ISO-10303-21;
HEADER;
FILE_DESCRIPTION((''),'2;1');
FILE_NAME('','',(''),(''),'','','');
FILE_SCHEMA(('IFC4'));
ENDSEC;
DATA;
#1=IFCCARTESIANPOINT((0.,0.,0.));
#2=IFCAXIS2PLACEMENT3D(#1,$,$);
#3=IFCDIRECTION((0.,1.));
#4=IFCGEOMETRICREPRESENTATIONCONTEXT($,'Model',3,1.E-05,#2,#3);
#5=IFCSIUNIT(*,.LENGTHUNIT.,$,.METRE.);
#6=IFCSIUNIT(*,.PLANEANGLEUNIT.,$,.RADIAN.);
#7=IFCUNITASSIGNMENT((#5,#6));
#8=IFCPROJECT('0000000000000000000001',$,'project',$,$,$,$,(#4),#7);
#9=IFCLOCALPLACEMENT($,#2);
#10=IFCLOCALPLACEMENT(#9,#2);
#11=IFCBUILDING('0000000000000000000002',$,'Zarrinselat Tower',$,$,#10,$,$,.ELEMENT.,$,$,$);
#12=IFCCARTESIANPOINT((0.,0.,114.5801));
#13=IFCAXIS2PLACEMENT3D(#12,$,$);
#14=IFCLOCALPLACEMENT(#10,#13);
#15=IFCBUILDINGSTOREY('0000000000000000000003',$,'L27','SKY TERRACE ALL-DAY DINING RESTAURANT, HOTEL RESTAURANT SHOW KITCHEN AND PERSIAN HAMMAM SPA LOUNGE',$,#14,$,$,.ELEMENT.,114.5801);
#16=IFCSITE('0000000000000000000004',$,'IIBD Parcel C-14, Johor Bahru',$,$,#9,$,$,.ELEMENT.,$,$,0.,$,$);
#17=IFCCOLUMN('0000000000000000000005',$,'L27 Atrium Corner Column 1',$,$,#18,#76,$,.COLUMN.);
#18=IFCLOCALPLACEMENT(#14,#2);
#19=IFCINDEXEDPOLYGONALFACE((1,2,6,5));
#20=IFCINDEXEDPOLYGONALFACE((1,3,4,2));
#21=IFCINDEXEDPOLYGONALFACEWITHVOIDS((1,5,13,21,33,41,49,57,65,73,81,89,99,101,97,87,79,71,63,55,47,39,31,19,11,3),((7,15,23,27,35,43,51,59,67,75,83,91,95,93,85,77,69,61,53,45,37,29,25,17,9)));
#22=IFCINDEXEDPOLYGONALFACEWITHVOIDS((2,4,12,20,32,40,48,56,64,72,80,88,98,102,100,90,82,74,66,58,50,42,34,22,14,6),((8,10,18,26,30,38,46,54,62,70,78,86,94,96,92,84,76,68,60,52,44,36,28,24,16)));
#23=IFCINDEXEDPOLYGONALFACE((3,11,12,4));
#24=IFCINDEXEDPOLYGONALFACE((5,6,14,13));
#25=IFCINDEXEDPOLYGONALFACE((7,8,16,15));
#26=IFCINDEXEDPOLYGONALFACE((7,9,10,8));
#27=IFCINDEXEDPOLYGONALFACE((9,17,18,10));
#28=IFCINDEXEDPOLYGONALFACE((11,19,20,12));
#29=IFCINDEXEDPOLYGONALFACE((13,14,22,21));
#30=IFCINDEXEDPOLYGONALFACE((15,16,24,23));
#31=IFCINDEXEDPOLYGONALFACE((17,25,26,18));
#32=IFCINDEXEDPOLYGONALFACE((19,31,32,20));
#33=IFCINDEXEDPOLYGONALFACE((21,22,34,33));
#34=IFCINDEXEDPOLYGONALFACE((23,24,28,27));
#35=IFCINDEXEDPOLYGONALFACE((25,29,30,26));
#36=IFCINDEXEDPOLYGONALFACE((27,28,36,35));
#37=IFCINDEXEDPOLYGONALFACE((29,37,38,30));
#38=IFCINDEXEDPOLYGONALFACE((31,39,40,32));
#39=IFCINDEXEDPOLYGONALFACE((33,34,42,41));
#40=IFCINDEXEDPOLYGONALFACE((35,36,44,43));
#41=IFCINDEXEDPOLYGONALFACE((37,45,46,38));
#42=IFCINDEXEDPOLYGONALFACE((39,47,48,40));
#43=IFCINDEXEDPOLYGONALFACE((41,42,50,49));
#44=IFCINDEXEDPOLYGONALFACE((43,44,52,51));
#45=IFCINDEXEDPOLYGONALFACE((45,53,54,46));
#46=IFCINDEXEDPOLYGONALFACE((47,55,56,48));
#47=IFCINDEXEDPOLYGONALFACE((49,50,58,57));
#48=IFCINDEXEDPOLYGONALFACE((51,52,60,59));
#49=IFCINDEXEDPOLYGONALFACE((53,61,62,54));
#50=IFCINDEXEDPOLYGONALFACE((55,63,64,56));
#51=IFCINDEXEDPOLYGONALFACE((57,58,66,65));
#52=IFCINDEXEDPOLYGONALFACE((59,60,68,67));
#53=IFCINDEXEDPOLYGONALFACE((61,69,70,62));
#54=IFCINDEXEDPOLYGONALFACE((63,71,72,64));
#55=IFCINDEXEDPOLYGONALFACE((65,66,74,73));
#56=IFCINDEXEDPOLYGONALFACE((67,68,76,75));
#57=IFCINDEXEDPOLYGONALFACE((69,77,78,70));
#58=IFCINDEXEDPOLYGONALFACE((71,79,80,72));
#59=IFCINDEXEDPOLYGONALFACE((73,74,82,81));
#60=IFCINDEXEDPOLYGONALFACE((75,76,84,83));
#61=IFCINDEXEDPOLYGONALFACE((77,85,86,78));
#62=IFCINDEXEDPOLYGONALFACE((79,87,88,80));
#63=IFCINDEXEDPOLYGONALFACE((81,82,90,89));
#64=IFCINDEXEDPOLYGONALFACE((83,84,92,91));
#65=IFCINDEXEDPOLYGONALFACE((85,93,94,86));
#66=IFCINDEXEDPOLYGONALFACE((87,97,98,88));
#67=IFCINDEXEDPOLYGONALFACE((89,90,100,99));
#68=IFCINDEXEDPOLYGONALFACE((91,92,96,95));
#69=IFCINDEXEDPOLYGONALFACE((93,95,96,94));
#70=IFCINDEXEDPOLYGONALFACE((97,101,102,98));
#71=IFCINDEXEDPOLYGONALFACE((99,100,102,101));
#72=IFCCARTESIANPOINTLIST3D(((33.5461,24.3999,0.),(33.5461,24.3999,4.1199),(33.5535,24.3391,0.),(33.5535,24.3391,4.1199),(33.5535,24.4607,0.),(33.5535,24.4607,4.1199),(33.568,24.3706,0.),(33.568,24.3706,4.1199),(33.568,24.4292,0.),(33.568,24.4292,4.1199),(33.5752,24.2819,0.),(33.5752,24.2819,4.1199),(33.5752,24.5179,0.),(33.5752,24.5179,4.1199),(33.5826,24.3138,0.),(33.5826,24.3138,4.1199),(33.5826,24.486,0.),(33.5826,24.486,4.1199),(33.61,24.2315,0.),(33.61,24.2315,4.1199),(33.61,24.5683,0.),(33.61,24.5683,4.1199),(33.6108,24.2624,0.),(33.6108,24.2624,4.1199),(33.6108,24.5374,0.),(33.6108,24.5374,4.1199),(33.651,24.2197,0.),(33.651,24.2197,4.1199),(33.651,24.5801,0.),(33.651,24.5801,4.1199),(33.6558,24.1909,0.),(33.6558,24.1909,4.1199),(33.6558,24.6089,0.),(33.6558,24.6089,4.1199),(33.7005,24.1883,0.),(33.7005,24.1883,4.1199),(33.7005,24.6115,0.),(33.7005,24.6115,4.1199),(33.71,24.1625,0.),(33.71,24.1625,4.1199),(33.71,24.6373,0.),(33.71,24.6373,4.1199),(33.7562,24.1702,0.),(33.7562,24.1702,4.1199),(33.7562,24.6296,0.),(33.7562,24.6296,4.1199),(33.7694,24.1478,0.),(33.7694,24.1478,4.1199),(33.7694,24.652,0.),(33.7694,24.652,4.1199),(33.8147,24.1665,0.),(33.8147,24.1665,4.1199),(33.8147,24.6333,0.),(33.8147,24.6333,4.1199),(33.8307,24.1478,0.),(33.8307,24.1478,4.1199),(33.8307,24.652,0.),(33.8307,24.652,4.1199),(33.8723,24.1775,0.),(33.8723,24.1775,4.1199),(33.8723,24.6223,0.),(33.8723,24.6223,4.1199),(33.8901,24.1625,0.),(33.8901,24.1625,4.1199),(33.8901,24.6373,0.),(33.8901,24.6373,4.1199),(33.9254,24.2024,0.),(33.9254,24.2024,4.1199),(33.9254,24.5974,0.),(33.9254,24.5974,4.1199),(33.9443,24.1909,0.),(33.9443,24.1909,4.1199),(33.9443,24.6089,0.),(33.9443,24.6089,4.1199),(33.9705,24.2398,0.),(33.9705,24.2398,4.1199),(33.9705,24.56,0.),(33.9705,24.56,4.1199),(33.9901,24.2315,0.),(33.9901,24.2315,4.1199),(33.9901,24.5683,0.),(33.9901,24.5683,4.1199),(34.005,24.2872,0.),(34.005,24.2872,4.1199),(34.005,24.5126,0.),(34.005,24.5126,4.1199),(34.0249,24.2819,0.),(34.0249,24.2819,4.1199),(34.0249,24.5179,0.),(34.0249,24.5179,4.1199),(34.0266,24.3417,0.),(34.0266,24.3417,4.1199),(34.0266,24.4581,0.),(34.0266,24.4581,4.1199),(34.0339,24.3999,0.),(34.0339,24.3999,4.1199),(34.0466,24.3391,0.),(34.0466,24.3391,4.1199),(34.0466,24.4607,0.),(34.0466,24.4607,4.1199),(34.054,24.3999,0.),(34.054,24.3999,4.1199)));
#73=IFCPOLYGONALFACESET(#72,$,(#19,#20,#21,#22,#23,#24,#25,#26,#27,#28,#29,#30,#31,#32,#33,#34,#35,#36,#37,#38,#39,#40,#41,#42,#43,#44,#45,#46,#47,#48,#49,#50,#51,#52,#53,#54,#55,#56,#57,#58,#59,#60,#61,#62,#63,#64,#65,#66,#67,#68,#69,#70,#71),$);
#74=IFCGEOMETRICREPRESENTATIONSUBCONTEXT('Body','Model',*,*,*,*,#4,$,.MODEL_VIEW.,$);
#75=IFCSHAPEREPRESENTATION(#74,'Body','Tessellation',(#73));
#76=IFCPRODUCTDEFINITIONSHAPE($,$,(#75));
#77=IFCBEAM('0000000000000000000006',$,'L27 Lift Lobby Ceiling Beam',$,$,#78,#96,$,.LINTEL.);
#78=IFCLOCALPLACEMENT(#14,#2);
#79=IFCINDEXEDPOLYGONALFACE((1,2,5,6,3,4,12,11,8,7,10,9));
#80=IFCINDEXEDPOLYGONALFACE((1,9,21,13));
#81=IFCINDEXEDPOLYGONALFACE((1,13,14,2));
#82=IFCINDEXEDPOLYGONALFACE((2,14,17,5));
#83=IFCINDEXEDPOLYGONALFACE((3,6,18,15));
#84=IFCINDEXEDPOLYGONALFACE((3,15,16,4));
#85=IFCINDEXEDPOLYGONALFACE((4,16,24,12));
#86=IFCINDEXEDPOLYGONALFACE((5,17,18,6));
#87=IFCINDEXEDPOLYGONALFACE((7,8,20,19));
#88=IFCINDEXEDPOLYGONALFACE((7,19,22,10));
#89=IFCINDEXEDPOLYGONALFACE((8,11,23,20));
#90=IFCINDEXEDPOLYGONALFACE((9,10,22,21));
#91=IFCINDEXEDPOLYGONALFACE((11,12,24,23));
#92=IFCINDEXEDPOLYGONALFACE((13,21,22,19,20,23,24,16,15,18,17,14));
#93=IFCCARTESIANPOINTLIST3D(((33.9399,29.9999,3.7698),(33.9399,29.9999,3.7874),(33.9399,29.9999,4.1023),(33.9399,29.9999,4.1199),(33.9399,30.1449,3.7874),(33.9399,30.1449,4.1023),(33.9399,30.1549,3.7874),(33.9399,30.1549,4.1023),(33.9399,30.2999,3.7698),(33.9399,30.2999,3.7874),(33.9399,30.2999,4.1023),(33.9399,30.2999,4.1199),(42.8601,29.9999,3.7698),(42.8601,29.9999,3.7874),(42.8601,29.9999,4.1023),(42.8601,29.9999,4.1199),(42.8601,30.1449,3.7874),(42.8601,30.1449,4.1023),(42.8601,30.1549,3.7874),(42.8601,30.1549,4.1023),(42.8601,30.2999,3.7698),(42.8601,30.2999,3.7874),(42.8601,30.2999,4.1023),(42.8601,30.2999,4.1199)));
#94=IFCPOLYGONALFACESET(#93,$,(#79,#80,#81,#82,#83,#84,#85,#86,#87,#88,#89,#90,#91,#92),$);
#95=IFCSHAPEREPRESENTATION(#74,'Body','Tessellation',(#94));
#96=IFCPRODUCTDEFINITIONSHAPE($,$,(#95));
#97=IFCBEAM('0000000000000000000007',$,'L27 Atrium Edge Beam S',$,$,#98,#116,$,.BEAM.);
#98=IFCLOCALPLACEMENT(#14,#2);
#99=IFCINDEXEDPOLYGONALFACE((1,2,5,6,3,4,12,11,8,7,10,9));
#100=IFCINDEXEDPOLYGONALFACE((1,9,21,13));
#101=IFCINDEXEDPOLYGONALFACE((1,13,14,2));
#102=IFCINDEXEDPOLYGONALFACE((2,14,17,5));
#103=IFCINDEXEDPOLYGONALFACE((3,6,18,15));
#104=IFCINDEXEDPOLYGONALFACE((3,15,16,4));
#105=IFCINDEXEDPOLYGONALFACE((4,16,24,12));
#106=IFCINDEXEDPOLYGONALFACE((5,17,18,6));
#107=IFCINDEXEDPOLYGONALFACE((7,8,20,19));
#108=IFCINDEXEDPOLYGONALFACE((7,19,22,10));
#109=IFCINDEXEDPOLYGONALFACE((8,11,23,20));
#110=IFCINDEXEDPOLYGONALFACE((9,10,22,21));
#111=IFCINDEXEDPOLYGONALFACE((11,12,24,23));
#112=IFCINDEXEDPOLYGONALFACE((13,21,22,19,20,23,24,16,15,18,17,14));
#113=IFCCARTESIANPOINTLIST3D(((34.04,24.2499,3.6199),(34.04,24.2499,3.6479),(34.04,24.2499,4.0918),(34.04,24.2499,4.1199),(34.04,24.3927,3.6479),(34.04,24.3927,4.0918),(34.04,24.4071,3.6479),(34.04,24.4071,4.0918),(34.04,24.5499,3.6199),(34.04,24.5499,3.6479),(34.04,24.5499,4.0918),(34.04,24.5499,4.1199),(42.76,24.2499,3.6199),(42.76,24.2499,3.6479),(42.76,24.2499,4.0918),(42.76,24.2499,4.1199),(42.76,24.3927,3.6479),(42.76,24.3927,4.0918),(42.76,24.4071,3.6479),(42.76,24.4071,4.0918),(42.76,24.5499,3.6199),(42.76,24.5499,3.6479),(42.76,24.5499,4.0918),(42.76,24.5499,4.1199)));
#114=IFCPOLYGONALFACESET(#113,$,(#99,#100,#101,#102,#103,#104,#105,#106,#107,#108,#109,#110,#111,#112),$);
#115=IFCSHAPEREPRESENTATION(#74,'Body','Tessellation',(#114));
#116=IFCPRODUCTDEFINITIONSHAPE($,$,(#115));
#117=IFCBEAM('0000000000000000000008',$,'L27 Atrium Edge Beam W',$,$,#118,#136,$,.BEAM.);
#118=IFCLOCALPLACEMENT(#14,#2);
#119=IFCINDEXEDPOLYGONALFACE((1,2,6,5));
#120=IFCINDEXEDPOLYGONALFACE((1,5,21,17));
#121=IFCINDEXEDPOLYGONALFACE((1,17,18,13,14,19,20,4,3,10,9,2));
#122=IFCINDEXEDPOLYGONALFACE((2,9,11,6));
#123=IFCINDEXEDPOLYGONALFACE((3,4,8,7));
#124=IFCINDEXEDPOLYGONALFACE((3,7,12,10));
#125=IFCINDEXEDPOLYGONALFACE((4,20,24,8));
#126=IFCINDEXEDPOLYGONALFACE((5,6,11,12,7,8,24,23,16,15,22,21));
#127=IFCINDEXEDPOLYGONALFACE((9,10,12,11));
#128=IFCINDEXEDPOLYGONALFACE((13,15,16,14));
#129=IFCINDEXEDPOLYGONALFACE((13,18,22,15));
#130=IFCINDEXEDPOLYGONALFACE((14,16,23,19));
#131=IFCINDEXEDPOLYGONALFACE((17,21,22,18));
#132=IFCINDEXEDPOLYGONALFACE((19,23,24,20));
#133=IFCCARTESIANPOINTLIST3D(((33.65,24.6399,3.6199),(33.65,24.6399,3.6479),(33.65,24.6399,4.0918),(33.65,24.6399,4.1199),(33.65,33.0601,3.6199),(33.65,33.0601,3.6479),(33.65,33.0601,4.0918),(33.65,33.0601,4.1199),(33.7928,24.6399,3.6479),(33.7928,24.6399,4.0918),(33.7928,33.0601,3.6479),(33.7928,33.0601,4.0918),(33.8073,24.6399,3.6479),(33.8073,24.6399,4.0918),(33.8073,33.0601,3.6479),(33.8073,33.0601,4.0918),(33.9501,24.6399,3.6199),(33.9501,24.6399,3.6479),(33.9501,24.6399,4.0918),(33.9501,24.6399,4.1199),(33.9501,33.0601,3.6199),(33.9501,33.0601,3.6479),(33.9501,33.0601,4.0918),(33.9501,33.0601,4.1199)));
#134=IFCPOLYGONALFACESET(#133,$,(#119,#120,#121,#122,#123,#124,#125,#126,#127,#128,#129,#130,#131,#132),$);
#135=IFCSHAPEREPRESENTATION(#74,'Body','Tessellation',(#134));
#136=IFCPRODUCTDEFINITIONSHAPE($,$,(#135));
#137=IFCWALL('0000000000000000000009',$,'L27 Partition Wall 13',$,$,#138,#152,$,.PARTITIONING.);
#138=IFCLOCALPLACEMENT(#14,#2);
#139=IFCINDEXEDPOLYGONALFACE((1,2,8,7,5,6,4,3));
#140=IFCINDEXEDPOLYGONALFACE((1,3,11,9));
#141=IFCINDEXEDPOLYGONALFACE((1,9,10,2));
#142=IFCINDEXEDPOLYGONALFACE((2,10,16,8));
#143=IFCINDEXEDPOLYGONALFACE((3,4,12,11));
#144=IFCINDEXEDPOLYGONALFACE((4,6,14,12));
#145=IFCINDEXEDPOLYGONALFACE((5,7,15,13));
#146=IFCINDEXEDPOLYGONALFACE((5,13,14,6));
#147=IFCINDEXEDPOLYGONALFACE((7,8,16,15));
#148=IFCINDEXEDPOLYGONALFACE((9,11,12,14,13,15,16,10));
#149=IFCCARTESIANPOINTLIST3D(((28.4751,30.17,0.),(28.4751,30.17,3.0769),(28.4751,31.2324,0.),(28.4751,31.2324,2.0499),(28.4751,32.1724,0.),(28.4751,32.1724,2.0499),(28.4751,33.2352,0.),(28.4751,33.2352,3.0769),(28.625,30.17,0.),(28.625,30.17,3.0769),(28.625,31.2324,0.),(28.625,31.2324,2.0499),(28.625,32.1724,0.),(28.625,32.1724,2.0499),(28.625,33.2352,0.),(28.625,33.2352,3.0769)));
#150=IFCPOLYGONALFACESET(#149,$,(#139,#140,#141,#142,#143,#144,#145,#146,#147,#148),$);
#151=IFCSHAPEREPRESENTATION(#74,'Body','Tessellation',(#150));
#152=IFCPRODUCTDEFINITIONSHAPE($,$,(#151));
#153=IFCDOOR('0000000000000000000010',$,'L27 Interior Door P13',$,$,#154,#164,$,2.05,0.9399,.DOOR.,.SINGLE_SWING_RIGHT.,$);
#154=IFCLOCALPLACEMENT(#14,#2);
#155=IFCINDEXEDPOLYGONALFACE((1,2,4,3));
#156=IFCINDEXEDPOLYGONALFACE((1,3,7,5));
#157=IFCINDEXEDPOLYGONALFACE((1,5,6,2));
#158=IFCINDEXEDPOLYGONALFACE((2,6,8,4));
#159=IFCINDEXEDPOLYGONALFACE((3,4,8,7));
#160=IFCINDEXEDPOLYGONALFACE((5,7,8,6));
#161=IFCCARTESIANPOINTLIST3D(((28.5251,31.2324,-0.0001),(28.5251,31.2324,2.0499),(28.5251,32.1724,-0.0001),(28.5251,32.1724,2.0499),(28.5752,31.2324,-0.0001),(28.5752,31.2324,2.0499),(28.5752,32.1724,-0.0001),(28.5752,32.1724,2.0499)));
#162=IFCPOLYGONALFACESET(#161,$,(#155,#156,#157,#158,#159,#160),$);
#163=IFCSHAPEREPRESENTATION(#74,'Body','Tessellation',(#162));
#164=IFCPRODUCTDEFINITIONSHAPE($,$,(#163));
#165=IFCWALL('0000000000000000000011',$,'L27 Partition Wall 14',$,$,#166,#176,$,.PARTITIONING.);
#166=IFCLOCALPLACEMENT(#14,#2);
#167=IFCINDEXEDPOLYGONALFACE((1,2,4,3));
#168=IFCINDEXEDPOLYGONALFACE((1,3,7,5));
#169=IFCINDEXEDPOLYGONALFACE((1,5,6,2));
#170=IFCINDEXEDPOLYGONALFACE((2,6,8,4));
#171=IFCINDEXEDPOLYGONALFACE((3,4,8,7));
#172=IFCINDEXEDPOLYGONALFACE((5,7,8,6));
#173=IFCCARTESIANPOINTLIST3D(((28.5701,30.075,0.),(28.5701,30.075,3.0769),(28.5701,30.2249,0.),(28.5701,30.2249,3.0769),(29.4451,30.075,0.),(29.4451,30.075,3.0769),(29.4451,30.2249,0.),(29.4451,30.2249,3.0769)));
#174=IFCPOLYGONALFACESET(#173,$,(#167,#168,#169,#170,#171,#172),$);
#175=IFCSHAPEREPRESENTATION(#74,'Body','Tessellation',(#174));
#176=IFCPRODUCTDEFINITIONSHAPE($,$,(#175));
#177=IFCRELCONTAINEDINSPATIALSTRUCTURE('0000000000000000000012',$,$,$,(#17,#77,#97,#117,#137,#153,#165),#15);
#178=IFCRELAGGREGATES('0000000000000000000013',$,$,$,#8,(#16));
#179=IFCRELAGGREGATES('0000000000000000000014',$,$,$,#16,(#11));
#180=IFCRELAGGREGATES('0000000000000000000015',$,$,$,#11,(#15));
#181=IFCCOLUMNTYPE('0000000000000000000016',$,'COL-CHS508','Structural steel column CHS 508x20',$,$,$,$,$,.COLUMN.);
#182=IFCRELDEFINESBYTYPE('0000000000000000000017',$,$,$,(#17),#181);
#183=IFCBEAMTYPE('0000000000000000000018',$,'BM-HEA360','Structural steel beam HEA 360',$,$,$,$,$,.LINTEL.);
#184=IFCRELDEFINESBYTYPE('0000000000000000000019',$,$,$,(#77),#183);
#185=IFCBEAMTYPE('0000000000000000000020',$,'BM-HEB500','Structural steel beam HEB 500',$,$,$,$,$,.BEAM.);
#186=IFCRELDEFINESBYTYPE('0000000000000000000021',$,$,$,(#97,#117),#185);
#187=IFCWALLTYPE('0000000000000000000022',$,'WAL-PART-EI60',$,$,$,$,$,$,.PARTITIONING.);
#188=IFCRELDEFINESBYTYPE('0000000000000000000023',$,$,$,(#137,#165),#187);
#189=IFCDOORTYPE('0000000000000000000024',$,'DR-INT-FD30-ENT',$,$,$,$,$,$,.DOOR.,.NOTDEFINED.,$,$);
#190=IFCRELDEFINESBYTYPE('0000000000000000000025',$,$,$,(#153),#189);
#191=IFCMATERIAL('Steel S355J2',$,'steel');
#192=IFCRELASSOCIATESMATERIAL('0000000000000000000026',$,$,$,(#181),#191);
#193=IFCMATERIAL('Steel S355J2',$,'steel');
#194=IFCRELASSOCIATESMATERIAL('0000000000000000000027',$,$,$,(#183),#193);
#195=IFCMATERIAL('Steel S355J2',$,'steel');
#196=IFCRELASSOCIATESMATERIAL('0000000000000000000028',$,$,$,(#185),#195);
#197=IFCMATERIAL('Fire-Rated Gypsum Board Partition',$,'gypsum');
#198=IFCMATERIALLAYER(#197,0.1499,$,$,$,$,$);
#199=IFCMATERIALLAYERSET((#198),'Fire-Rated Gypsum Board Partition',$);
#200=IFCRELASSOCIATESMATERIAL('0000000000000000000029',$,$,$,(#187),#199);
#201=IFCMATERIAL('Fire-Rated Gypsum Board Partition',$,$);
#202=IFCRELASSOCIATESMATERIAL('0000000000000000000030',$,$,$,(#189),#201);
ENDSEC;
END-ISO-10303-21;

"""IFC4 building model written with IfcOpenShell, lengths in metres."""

from ifc_helpers import new_model, si_unit, direction, frame, frame_2d, origin, origin_2d, place, context, subcontext, project, spatial, rectangle, hollow_circle, i_section, extrude, material, layer, layer_set, material_profile, profile_set, type_object, element, fill, save


model = new_model("IFC4")

# Units and contexts
model_context = context("Model", 3, precision=1e-05, world=origin(), true_north=direction((0.0, 1.0)))
body_context = subcontext(model_context, "Body", "Model", "MODEL_VIEW")
ifc_project = project(units=[si_unit("LENGTHUNIT", "METRE"), si_unit("PLANEANGLEUNIT", "RADIAN")], contexts=[model_context])

# Site, building, storey
site_placement = place(None, origin())
site = spatial("IfcSite", under=ifc_project, at=site_placement, Name="IIBD Parcel C-14, Johor Bahru", CompositionType="ELEMENT", RefElevation=0.0)
building_placement = place(site_placement, origin())
building = spatial("IfcBuilding", under=site, at=building_placement, Name="Zarrinselat Tower", CompositionType="ELEMENT")
storey_placement = place(building_placement, frame((0.0, 0.0, 114.5801)))
storey = spatial("IfcBuildingStorey", under=building, at=storey_placement, Name="L27", Description="SKY TERRACE ALL-DAY DINING RESTAURANT, HOTEL RESTAURANT SHOW KITCHEN AND PERSIAN HAMMAM SPA LOUNGE", CompositionType="ELEMENT", Elevation=114.5801)

# Column
ifc_material_1 = material(Name="Steel S355J2", Category="steel")
ifc_material_profile_1 = material_profile(ifc_material_1, hollow_circle(Radius=0.2539, WallThickness=0.02, at=origin_2d()), Name="CHS 508x20")
ifc_profile_set_1 = profile_set([ifc_material_profile_1], Name="Steel S355J2")
column_type = type_object("IfcColumnType", Name="COL-CHS508", Description="Structural steel column CHS 508x20", PredefinedType="COLUMN", material=ifc_profile_set_1)
column_placement = place(storey_placement, frame((33.8, 24.3999, 0.0), z_axis=(0.0, 0.0, 1.0), x_axis=(1.0, 0.0, 0.0)))
element("IfcColumn", 1, at=column_placement, inside=storey, type_object=column_type, Name="L27 Atrium Corner Column 1", PredefinedType="COLUMN", context=body_context, shape_type="SweptSolid", body=[
    extrude(hollow_circle(Radius=0.2539, WallThickness=0.02, at=origin_2d()), origin(), (0.0, 0.0, 1.0), 4.1199),
])

# Beams
ifc_material_2 = material(Name="Steel S355J2", Category="steel")
ifc_material_profile_2 = material_profile(ifc_material_2, i_section(OverallWidth=0.3, OverallDepth=0.3501, WebThickness=0.01, FlangeThickness=0.0176, at=origin_2d()), Name="HEA 360")
ifc_profile_set_2 = profile_set([ifc_material_profile_2], Name="Steel S355J2")
beam_type_1 = type_object("IfcBeamType", Name="BM-HEA360", Description="Structural steel beam HEA 360", PredefinedType="LINTEL", material=ifc_profile_set_2)
beam_1_placement = place(storey_placement, frame((33.9399, 30.1499, 3.9448), z_axis=(1.0, 0.0, 0.0), x_axis=(0.0, 1.0, 0.0)))
element("IfcBeam", 2, at=beam_1_placement, inside=storey, type_object=beam_type_1, Name="L27 Lift Lobby Ceiling Beam", PredefinedType="LINTEL", context=body_context, shape_type="SweptSolid", body=[
    extrude(i_section(OverallWidth=0.3, OverallDepth=0.3501, WebThickness=0.01, FlangeThickness=0.0176, at=origin_2d()), origin(), (0.0, 0.0, 1.0), 8.9202),
])
ifc_material_3 = material(Name="Steel S355J2", Category="steel")
ifc_material_profile_3 = material_profile(ifc_material_3, i_section(OverallWidth=0.3, OverallDepth=0.5, WebThickness=0.0144, FlangeThickness=0.0281, at=origin_2d()), Name="HEB 500")
ifc_profile_set_3 = profile_set([ifc_material_profile_3], Name="Steel S355J2")
beam_type_2 = type_object("IfcBeamType", Name="BM-HEB500", Description="Structural steel beam HEB 500", PredefinedType="BEAM", material=ifc_profile_set_3)
beam_2_placement = place(storey_placement, frame((34.04, 24.3999, 3.8699), z_axis=(1.0, 0.0, 0.0), x_axis=(0.0, 1.0, 0.0)))
element("IfcBeam", 3, at=beam_2_placement, inside=storey, type_object=beam_type_2, Name="L27 Atrium Edge Beam S", PredefinedType="BEAM", context=body_context, shape_type="SweptSolid", body=[
    extrude(i_section(OverallWidth=0.3, OverallDepth=0.5, WebThickness=0.0144, FlangeThickness=0.0281, at=origin_2d()), origin(), (0.0, 0.0, 1.0), 8.72),
])
beam_3_placement = place(storey_placement, frame((33.8, 24.6399, 3.8699), z_axis=(0.0, 1.0, 0.0), x_axis=(-1.0, 0.0, 0.0)))
element("IfcBeam", 4, at=beam_3_placement, inside=storey, type_object=beam_type_2, Name="L27 Atrium Edge Beam W", PredefinedType="BEAM", context=body_context, shape_type="SweptSolid", body=[
    extrude(i_section(OverallWidth=0.3, OverallDepth=0.5, WebThickness=0.0144, FlangeThickness=0.0281, at=origin_2d()), origin(), (0.0, 0.0, 1.0), 8.4202),
])

# Wall, opening, door
ifc_material_4 = material(Name="Fire-Rated Gypsum Board Partition", Category="gypsum")
ifc_layer_1 = layer(ifc_material_4, 0.1499)
ifc_layer_set_1 = layer_set([ifc_layer_1], Name="Fire-Rated Gypsum Board Partition")
wall_type_1 = type_object("IfcWallType", Name="WAL-PART-EI60", PredefinedType="PARTITIONING", material=ifc_layer_set_1)
wall_1_placement = place(storey_placement, frame((28.55, 30.1699, 0.0), z_axis=(0.0, 0.0, 1.0), x_axis=(0.0, 1.0, 0.0)))
wall_1 = element("IfcWall", 5, at=wall_1_placement, inside=storey, type_object=wall_type_1, Name="L27 Partition Wall 13", PredefinedType="PARTITIONING", context=body_context, shape_type="SweptSolid", body=[
    extrude(rectangle(XDim=3.0652, YDim=0.1499, at=frame_2d((1.5327, 0.0))), origin(), (0.0, 0.0, 1.0), 3.0769),
])
opening_1_placement = place(wall_1_placement, frame((1.0625, 0.0, 0.0)))
opening_1 = element("IfcOpeningElement", 6, at=opening_1_placement, cuts=wall_1, PredefinedType="OPENING", context=body_context, shape_type="SweptSolid", body=[
    extrude(rectangle(XDim=0.9399, YDim=2.05, at=frame_2d((0.47, 1.0249))), frame((0.0, 0.085, 0.0), z_axis=(0.0, -1.0, 0.0), x_axis=(1.0, 0.0, 0.0)), (0.0, 0.0, 1.0), 0.1699),
])
ifc_material_5 = material(Name="Fire-Rated Gypsum Board Partition")
door_type_1 = type_object("IfcDoorType", Name="DR-INT-FD30-ENT", OperationType="NOTDEFINED", PredefinedType="DOOR", material=ifc_material_5)
door_1_placement = place(opening_1_placement, origin())
door_1 = element("IfcDoor", 7, at=door_1_placement, inside=storey, type_object=door_type_1, Name="L27 Interior Door P13", OperationType="SINGLE_SWING_RIGHT", OverallHeight=2.05, OverallWidth=0.9399, PredefinedType="DOOR", context=body_context, shape_type="SweptSolid", body=[
    extrude(rectangle(XDim=0.9399, YDim=2.05, at=frame_2d((0.47, 1.0249))), frame((0.0, 0.0249, 0.0), z_axis=(0.0, -1.0, 0.0), x_axis=(1.0, 0.0, 0.0)), (0.0, 0.0, 1.0), 0.05),
])
fill(opening_1, door_1)

# Wall
wall_2_placement = place(storey_placement, frame((28.5701, 30.1499, 0.0), z_axis=(0.0, 0.0, 1.0), x_axis=(1.0, 0.0, 0.0)))
element("IfcWall", 8, at=wall_2_placement, inside=storey, type_object=wall_type_1, Name="L27 Partition Wall 14", PredefinedType="PARTITIONING", context=body_context, shape_type="SweptSolid", body=[
    extrude(rectangle(XDim=0.875, YDim=0.1499, at=frame_2d((0.4375, 0.0))), origin(), (0.0, 0.0, 1.0), 3.0769),
])

save(model, "model.ifc")
